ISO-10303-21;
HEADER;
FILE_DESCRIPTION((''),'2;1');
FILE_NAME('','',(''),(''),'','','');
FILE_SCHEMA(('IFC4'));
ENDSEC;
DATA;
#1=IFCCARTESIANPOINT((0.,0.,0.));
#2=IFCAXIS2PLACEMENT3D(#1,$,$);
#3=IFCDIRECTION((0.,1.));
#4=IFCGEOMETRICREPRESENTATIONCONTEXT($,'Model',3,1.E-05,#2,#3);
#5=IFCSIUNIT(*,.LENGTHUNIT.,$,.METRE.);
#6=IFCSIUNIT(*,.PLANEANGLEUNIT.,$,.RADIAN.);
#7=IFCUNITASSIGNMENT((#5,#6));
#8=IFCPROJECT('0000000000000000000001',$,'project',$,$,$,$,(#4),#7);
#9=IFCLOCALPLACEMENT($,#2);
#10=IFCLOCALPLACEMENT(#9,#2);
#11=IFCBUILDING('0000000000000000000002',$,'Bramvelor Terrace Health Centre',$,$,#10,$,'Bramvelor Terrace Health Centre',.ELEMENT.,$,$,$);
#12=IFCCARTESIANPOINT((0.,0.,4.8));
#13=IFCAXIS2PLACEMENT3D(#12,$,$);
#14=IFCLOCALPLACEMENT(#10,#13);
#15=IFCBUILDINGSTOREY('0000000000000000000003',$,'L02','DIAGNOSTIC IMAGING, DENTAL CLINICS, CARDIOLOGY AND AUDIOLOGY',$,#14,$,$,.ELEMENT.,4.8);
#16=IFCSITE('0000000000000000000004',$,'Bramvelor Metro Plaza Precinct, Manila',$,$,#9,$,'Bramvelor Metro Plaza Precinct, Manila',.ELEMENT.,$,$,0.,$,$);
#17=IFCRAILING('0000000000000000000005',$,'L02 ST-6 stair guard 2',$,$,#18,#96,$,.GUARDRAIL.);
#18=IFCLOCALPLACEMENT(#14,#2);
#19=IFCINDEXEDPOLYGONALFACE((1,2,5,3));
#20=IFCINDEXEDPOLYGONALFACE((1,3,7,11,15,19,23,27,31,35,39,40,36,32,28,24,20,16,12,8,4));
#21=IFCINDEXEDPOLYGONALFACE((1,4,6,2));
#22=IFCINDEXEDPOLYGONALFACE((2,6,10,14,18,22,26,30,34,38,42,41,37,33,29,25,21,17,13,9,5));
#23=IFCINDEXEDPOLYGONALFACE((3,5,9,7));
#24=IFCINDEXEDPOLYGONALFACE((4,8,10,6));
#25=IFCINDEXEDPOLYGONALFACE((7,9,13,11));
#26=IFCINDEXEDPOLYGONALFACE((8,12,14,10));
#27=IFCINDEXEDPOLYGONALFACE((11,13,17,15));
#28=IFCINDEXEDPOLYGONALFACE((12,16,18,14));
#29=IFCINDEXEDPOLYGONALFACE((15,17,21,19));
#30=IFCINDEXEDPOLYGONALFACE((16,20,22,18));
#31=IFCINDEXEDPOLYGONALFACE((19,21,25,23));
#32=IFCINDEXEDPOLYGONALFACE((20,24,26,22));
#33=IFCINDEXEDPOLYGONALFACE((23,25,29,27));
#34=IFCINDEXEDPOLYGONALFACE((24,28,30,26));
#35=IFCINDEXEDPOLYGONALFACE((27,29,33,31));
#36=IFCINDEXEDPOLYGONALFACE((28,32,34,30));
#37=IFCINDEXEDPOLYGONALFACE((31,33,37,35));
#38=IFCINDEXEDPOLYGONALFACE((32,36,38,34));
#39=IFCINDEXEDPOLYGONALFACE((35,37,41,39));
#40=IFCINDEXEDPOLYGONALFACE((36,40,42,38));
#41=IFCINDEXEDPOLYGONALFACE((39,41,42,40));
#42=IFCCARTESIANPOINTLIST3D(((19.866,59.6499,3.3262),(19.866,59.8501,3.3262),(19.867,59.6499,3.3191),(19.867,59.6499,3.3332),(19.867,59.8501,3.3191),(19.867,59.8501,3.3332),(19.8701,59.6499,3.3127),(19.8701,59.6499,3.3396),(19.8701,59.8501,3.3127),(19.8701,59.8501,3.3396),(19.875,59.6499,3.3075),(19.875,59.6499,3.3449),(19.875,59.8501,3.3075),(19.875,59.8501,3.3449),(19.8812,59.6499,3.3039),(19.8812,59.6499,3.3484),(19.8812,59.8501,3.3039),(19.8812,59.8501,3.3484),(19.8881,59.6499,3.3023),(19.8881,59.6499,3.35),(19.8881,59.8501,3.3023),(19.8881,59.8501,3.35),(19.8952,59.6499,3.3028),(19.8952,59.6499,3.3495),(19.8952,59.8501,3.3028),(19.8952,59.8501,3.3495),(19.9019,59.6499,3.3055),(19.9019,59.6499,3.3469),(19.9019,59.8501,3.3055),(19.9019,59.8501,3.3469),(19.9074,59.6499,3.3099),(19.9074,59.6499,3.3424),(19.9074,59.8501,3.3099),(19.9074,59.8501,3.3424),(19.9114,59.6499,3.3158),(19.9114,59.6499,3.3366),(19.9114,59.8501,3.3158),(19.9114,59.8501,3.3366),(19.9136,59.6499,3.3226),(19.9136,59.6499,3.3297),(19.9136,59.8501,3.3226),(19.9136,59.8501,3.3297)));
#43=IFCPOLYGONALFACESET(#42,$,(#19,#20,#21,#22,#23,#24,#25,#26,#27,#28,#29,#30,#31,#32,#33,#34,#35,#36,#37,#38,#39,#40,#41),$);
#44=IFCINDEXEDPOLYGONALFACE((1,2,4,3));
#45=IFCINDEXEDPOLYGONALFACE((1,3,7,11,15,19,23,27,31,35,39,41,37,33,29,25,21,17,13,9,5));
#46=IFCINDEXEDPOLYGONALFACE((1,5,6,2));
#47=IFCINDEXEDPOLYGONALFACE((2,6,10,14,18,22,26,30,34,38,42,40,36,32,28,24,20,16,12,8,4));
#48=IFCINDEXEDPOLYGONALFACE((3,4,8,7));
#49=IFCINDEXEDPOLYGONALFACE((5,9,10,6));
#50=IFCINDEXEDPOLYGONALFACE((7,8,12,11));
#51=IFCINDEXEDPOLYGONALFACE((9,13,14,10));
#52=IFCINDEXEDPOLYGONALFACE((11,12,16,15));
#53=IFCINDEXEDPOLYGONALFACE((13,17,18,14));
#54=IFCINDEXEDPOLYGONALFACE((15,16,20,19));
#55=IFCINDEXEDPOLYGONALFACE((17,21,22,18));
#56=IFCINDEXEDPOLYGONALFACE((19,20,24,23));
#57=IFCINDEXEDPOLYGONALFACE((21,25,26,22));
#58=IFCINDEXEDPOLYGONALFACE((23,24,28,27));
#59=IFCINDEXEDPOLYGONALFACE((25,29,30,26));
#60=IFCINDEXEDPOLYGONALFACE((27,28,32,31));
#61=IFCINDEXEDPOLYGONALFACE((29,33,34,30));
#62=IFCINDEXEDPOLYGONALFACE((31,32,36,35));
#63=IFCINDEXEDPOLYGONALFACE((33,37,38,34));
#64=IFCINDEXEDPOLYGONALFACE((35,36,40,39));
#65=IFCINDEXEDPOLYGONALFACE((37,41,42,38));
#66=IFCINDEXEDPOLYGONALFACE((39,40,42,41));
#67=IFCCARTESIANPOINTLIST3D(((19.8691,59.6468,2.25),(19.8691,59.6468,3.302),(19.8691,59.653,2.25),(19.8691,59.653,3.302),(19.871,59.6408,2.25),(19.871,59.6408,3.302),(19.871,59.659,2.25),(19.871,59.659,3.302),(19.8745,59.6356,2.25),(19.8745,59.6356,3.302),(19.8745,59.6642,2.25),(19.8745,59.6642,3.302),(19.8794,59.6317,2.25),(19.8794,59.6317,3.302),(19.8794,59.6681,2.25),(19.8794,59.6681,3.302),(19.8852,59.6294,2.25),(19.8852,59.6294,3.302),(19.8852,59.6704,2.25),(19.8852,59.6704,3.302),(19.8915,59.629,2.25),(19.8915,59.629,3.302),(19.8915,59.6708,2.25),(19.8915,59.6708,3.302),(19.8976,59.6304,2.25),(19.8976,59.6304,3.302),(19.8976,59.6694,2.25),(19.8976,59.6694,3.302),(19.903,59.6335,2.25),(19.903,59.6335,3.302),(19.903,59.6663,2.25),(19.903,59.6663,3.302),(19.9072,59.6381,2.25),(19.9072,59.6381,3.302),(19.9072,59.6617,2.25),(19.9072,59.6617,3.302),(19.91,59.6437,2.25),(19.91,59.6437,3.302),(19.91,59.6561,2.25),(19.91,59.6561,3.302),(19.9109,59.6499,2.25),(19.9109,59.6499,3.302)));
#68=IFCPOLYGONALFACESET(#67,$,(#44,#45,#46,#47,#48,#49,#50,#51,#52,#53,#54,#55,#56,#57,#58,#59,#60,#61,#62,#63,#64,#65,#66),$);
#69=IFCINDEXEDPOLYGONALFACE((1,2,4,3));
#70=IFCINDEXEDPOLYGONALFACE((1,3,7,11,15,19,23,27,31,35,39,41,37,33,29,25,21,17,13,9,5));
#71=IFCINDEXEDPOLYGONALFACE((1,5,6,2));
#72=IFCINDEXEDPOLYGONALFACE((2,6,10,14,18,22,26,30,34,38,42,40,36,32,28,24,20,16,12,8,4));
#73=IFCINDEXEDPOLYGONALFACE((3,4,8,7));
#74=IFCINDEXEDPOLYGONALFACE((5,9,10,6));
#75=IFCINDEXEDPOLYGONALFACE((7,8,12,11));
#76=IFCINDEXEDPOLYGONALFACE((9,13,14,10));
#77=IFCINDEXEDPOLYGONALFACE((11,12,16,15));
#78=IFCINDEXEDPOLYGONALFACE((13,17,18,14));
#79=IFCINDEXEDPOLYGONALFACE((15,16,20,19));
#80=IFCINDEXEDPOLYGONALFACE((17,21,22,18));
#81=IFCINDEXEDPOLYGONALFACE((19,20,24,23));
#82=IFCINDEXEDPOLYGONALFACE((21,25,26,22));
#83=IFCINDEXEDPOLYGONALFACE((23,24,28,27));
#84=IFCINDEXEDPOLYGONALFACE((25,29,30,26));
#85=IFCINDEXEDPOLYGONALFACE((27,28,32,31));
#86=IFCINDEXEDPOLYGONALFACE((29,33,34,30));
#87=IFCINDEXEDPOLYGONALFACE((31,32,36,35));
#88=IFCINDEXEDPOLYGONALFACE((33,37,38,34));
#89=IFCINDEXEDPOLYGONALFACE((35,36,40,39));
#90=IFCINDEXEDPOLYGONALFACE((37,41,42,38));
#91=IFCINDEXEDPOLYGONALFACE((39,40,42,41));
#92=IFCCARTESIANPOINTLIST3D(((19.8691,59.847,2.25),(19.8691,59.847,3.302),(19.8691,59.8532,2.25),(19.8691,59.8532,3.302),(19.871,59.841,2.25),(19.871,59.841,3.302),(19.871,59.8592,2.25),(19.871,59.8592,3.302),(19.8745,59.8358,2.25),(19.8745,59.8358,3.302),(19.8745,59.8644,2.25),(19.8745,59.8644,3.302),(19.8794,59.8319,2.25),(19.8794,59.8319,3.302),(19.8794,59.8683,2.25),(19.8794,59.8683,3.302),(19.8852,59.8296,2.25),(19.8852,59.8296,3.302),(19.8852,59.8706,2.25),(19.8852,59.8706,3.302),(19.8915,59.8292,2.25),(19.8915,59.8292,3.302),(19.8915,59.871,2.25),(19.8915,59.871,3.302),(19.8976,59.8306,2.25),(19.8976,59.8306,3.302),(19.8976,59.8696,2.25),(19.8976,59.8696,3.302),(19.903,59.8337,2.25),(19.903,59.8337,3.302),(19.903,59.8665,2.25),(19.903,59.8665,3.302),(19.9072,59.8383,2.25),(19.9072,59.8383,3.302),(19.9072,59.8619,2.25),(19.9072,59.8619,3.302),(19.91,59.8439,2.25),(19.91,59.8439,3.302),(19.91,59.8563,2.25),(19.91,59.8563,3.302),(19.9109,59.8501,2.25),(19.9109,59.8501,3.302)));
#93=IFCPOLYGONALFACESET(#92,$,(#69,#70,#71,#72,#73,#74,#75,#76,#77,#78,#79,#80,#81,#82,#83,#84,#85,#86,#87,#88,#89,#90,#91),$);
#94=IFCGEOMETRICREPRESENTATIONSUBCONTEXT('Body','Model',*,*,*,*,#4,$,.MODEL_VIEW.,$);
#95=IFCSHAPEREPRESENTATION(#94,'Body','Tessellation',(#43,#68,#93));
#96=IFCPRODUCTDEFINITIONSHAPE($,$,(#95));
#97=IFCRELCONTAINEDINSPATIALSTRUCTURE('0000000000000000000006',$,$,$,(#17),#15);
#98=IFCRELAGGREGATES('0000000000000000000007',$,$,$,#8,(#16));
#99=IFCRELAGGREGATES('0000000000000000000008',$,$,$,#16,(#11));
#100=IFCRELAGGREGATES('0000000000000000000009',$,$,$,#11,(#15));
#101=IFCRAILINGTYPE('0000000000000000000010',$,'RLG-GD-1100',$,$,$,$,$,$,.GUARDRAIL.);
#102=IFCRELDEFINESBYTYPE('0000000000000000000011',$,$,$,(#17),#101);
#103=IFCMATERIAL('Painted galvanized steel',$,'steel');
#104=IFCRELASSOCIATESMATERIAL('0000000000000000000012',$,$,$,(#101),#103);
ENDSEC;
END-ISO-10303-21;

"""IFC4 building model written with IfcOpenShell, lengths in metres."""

from ifc_helpers import new_model, si_unit, direction, frame, origin, origin_2d, place, context, subcontext, project, spatial, circle, extrude, material, type_object, element, save


model = new_model("IFC4")

# Units and contexts
model_context = context("Model", 3, precision=1e-05, world=origin(), true_north=direction((0.0, 1.0)))
body_context = subcontext(model_context, "Body", "Model", "MODEL_VIEW")
ifc_project = project(units=[si_unit("LENGTHUNIT", "METRE"), si_unit("PLANEANGLEUNIT", "RADIAN")], contexts=[model_context])

# Site, building, storey
site_placement = place(None, origin())
site = spatial("IfcSite", under=ifc_project, at=site_placement, Name="Bramvelor Metro Plaza Precinct, Manila", LongName="Bramvelor Metro Plaza Precinct, Manila", CompositionType="ELEMENT", RefElevation=0.0)
building_placement = place(site_placement, origin())
building = spatial("IfcBuilding", under=site, at=building_placement, Name="Bramvelor Terrace Health Centre", LongName="Bramvelor Terrace Health Centre", CompositionType="ELEMENT")
storey_placement = place(building_placement, frame((0.0, 0.0, 4.8)))
storey = spatial("IfcBuildingStorey", under=building, at=storey_placement, Name="L02", Description="DIAGNOSTIC IMAGING, DENTAL CLINICS, CARDIOLOGY AND AUDIOLOGY", CompositionType="ELEMENT", Elevation=4.8)

# Railing
ifc_material_1 = material(Name="Painted galvanized steel", Category="steel")
railing_type_1 = type_object("IfcRailingType", Name="RLG-GD-1100", PredefinedType="GUARDRAIL", material=ifc_material_1)
railing_1_placement = place(storey_placement, frame((19.8899, 59.6499, 2.25)))
element("IfcRailing", 1, at=railing_1_placement, inside=storey, type_object=railing_type_1, Name="L02 ST-6 stair guard 2", PredefinedType="GUARDRAIL", context=body_context, shape_type="SweptSolid", body=[
    extrude(circle(Radius=0.0239, at=origin_2d()), frame((0.0, 0.0, 1.0762), z_axis=(0.0, 1.0, 0.0), x_axis=(-1.0, 0.0, 0.0)), (0.0, 0.0, 1.0), 0.2002),
    extrude(circle(Radius=0.021, at=origin_2d()), origin(), (0.0, 0.0, 1.0), 1.052),
    extrude(circle(Radius=0.021, at=origin_2d()), frame((0.0, 0.2002, 0.0)), (0.0, 0.0, 1.0), 1.052),
])

save(model, "model.ifc")
